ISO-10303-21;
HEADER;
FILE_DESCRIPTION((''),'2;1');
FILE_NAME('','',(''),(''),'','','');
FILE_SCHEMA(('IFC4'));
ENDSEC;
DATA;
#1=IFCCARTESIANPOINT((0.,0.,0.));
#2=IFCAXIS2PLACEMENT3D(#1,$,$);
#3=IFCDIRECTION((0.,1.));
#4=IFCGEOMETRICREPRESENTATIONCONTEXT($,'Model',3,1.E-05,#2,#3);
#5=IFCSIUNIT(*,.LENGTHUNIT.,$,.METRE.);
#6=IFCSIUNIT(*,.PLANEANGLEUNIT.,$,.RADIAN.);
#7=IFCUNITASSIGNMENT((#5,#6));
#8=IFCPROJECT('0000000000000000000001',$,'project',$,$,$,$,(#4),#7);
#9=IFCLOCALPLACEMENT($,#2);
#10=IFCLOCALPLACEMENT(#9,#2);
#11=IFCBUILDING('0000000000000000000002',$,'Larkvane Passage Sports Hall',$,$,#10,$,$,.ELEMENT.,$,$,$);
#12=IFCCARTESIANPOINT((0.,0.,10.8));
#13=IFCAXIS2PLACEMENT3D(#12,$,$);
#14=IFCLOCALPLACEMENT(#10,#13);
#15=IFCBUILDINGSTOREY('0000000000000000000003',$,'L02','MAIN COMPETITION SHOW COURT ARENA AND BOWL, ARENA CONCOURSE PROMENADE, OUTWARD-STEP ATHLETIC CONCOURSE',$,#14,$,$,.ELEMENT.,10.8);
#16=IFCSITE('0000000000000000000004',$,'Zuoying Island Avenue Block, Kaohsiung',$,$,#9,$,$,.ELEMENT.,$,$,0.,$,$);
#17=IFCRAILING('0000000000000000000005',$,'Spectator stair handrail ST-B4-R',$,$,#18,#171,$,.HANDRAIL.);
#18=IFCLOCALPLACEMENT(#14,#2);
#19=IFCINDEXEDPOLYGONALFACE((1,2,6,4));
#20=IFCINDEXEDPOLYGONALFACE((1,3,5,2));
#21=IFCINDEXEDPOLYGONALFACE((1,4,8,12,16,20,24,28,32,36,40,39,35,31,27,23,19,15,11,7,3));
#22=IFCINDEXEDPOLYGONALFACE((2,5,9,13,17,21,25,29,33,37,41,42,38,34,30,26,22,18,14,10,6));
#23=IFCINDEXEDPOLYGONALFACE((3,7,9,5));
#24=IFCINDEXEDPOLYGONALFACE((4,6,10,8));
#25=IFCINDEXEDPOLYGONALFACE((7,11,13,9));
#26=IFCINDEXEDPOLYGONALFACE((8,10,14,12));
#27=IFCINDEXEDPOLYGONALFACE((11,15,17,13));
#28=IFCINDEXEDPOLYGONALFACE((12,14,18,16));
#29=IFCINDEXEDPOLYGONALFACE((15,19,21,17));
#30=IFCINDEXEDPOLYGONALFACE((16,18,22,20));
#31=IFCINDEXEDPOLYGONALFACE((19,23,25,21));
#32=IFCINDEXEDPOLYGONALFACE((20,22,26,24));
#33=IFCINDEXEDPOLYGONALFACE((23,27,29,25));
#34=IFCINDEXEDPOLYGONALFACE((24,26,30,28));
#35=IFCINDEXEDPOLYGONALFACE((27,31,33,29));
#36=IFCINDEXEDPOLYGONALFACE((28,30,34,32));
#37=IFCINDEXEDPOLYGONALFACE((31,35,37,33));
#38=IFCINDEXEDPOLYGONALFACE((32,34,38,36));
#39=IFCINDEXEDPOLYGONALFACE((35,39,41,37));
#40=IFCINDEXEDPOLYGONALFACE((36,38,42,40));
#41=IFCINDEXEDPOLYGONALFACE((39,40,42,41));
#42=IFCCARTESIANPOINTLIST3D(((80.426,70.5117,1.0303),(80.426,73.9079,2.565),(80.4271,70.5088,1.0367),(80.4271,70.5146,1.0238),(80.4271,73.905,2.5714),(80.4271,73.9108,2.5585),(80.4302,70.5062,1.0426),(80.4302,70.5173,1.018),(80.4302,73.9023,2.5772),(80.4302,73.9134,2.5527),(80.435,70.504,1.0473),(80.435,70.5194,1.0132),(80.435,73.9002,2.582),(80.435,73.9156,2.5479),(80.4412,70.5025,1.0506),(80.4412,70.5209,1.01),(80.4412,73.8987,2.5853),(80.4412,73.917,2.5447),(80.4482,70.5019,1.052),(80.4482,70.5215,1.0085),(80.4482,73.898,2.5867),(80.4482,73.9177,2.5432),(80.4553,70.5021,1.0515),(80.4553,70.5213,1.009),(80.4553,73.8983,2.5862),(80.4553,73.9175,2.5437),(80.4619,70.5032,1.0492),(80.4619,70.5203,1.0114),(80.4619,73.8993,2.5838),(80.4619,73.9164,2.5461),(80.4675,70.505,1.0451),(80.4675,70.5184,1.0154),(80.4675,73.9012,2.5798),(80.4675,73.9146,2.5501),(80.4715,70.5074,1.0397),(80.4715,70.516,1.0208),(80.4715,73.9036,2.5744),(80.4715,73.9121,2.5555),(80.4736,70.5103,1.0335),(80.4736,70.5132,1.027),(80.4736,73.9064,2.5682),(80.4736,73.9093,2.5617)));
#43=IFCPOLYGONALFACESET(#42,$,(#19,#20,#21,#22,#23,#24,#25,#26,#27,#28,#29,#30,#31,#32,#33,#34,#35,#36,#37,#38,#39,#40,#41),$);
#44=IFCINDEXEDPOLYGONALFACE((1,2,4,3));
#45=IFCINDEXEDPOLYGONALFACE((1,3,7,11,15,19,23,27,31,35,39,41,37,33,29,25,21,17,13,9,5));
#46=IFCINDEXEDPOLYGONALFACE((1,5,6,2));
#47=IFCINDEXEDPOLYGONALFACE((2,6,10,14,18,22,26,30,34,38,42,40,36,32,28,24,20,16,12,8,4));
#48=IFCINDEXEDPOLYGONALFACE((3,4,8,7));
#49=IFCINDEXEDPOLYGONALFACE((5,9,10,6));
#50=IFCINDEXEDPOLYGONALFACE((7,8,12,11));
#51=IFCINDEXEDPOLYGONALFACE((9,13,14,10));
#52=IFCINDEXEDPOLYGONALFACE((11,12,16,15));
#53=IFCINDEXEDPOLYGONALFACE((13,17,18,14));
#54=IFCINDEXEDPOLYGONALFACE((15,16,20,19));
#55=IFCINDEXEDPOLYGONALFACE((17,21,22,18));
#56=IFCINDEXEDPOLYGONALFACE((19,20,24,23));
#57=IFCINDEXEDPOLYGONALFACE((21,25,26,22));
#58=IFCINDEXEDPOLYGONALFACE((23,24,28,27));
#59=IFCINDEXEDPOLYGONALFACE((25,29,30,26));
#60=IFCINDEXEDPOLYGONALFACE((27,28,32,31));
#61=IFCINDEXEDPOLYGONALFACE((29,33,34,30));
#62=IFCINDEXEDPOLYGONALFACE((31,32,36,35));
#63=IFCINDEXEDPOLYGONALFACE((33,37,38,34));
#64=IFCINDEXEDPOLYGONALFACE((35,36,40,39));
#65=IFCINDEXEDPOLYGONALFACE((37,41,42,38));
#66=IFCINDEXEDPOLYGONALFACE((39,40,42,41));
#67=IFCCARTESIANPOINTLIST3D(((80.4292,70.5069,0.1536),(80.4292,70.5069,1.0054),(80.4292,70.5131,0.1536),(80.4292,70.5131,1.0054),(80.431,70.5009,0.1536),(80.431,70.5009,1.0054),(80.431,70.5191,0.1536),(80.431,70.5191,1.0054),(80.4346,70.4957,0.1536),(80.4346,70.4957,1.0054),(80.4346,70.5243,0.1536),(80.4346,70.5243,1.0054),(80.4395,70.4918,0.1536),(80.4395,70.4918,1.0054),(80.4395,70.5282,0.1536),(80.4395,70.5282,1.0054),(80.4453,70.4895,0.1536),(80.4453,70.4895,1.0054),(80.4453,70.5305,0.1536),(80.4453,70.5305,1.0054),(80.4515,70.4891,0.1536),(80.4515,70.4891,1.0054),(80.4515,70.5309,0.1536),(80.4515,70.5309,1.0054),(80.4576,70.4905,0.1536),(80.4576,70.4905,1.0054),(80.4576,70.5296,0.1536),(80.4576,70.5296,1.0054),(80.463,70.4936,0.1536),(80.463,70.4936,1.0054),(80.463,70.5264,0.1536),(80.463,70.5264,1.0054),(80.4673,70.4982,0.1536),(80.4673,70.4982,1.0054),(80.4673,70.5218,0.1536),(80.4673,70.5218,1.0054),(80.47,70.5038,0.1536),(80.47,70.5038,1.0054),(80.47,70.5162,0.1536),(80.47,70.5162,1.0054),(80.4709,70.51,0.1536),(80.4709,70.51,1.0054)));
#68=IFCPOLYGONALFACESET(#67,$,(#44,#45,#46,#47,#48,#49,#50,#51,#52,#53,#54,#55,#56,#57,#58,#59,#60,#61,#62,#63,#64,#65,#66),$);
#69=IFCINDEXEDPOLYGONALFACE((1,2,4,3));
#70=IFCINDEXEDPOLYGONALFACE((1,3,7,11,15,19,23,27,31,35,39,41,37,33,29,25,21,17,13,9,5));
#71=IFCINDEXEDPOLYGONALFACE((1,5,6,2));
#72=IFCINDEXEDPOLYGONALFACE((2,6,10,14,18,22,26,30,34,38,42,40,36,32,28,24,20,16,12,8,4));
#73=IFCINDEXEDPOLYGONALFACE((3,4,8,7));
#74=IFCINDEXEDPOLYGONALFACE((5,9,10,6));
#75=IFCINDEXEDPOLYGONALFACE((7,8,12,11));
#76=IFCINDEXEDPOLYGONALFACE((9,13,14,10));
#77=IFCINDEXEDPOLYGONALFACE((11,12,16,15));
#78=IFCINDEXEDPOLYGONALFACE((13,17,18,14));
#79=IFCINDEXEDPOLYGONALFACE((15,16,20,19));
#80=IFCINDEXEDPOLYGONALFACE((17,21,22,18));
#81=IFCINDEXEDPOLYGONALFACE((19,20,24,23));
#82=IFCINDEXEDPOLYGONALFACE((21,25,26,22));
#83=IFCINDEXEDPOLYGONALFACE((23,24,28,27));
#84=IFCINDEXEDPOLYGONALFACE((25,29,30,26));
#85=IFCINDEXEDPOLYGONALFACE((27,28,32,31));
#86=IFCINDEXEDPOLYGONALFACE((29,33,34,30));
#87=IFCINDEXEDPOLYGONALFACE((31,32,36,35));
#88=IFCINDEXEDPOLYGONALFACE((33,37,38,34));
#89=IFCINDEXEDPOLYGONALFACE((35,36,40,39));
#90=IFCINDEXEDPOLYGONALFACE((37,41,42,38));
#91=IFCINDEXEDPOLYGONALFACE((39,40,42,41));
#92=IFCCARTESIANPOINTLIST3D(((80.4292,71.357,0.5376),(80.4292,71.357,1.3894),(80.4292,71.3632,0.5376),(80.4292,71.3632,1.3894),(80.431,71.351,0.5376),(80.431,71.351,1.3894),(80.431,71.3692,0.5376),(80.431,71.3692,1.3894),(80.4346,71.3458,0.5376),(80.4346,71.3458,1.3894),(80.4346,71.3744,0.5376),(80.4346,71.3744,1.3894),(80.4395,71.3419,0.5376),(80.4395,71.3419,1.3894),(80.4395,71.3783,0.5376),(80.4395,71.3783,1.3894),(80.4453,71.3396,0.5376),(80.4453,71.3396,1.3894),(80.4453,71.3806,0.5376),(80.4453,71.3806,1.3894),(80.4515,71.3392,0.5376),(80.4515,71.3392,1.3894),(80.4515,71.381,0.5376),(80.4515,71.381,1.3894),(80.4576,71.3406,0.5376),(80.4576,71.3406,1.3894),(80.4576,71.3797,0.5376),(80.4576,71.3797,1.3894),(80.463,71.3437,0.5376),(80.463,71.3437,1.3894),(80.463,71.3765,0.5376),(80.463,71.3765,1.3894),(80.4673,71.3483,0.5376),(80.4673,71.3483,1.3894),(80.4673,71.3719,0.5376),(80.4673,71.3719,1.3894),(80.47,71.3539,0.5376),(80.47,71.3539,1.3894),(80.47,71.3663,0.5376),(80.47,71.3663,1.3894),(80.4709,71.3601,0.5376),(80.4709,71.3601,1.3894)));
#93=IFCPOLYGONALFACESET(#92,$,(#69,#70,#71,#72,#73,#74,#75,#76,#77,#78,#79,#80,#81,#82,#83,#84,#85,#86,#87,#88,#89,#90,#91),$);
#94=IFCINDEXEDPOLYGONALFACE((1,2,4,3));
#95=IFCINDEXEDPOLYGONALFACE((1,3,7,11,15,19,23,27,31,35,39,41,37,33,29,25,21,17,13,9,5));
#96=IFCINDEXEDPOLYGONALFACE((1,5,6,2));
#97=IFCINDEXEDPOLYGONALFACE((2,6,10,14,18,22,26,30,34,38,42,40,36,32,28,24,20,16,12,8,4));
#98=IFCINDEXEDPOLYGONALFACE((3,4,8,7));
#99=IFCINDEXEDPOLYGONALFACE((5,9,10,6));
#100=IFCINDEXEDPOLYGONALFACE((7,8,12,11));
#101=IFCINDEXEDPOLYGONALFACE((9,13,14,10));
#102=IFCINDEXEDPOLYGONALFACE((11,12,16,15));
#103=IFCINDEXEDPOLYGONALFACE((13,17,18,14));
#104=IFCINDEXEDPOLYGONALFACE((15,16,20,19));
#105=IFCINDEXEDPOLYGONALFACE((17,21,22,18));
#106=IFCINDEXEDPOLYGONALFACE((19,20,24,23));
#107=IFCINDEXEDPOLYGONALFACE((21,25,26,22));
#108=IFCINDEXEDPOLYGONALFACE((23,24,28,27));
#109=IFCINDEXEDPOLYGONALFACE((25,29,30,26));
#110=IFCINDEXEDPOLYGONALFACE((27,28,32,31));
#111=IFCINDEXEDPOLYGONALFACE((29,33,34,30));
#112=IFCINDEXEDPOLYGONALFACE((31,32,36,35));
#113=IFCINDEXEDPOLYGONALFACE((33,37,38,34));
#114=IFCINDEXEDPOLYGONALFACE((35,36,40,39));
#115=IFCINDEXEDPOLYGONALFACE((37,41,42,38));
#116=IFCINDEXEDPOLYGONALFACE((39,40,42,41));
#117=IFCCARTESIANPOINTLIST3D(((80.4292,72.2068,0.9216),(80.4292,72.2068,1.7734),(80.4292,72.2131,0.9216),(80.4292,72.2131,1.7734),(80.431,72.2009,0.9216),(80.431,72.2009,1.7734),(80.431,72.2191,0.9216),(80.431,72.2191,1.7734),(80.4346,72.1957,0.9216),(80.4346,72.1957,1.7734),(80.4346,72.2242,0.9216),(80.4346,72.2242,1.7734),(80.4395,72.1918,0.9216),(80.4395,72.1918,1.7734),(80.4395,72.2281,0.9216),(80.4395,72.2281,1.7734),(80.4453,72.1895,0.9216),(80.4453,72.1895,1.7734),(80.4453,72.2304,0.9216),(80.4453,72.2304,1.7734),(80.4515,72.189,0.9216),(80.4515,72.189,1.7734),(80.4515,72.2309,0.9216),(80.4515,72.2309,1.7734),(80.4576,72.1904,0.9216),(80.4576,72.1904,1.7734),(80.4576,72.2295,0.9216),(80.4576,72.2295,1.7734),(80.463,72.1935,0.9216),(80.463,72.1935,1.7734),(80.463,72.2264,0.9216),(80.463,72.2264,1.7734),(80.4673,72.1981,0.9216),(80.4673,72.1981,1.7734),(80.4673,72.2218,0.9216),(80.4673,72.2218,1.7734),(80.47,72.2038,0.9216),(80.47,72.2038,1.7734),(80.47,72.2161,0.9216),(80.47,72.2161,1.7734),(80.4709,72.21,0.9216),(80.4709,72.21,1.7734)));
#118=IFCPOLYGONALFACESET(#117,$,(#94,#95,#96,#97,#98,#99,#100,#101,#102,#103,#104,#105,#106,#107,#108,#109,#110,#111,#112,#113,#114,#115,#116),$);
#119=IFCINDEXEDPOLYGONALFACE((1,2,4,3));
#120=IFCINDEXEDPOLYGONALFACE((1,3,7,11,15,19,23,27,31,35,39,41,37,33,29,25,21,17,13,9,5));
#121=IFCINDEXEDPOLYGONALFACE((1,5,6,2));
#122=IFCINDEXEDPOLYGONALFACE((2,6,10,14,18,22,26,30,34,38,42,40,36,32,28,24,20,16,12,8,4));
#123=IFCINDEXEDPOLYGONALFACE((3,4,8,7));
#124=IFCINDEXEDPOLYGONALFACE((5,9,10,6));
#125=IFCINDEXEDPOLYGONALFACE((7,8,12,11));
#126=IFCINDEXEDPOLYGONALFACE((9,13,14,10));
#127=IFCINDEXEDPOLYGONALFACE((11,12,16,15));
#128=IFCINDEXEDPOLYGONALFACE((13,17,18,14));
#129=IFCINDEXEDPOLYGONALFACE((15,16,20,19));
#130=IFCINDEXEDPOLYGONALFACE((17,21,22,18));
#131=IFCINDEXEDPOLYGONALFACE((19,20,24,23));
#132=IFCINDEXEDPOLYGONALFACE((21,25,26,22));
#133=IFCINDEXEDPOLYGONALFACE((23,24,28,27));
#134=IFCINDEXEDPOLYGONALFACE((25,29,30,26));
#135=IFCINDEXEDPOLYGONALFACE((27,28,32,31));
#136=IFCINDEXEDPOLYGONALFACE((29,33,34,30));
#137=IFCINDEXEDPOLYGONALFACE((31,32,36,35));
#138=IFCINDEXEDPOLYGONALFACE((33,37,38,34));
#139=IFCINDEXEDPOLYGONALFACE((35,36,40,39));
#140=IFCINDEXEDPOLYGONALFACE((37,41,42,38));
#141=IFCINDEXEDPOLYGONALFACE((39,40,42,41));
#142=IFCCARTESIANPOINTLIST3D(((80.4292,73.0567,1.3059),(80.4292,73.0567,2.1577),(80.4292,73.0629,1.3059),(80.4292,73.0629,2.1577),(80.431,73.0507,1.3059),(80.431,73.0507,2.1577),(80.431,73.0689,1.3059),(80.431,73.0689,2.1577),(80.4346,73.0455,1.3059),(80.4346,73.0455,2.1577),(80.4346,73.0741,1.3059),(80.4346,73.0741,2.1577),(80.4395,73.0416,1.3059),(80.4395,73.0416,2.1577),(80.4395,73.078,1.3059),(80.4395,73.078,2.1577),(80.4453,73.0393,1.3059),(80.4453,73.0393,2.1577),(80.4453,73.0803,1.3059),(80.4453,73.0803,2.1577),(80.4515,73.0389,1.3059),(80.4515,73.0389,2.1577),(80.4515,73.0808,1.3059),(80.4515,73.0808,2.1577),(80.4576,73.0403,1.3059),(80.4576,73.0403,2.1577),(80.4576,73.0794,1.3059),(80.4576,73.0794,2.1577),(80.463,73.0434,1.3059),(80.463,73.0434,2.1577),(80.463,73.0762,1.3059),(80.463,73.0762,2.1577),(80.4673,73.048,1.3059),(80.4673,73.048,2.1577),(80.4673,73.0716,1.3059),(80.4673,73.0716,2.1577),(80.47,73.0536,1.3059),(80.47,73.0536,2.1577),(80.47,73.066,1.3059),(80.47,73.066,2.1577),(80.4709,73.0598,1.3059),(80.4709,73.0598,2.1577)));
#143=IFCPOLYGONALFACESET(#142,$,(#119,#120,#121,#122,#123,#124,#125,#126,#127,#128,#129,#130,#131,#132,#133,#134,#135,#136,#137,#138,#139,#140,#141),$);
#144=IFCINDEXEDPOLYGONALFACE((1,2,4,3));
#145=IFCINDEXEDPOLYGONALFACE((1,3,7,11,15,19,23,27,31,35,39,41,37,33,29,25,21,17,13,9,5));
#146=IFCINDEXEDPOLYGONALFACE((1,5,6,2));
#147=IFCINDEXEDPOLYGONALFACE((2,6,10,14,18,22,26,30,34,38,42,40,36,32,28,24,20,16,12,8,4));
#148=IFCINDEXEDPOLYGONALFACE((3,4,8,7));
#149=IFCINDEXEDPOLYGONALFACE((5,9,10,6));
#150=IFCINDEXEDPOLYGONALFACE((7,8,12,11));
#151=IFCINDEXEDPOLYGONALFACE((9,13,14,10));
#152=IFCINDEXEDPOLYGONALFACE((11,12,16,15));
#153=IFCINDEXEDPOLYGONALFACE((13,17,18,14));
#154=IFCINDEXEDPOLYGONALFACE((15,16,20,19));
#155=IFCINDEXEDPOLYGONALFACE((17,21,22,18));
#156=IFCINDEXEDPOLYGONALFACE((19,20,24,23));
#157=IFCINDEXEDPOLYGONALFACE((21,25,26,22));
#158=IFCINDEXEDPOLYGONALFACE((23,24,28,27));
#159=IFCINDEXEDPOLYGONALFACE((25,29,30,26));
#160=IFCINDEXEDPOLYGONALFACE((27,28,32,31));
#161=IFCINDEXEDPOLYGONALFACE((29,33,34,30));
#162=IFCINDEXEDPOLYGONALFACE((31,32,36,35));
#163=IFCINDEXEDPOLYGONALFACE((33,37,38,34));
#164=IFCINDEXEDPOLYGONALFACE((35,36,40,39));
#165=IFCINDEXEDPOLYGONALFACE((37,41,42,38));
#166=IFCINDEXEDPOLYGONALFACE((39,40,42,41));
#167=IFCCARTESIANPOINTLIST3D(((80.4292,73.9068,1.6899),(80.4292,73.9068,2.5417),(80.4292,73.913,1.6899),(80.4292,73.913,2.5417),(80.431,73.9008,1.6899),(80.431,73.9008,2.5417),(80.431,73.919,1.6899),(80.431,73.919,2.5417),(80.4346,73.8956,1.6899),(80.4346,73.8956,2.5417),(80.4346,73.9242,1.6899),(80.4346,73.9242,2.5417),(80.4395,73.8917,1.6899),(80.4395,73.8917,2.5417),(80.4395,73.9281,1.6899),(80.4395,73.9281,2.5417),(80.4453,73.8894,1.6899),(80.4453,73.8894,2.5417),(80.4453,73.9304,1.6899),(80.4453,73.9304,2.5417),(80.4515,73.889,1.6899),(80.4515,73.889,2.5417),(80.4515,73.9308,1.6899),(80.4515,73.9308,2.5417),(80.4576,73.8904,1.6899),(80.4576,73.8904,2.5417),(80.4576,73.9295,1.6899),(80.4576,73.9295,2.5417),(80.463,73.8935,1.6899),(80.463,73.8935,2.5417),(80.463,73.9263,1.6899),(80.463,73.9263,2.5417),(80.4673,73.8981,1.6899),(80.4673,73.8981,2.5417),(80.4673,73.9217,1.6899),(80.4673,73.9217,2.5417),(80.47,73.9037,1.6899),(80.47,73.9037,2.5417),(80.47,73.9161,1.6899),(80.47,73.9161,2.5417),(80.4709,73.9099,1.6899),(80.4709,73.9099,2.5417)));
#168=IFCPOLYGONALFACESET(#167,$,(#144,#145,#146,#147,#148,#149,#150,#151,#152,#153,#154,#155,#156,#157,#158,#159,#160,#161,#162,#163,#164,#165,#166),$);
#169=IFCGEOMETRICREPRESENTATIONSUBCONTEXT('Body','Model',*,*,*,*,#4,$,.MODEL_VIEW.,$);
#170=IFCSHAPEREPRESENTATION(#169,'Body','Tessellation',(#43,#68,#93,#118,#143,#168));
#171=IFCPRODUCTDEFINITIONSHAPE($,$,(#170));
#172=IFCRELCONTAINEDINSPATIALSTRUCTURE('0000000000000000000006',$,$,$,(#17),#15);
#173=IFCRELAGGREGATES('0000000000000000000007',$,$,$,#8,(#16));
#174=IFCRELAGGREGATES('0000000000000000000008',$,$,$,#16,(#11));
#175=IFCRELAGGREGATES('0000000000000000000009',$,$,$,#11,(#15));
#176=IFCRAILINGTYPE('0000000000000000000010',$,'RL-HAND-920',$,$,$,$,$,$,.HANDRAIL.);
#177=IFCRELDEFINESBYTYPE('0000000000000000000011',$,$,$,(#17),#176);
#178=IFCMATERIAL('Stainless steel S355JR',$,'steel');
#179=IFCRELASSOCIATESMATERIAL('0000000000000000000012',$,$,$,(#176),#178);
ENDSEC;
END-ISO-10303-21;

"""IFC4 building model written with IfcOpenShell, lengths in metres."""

from ifc_helpers import new_model, si_unit, direction, frame, origin, origin_2d, place, context, subcontext, project, spatial, circle, extrude, material, type_object, element, save


model = new_model("IFC4")

# Units and contexts
model_context = context("Model", 3, precision=1e-05, world=origin(), true_north=direction((0.0, 1.0)))
body_context = subcontext(model_context, "Body", "Model", "MODEL_VIEW")
ifc_project = project(units=[si_unit("LENGTHUNIT", "METRE"), si_unit("PLANEANGLEUNIT", "RADIAN")], contexts=[model_context])

# Site, building, storey
site_placement = place(None, origin())
site = spatial("IfcSite", under=ifc_project, at=site_placement, Name="Zuoying Island Avenue Block, Kaohsiung", CompositionType="ELEMENT", RefElevation=0.0)
building_placement = place(site_placement, origin())
building = spatial("IfcBuilding", under=site, at=building_placement, Name="Larkvane Passage Sports Hall", CompositionType="ELEMENT")
storey_placement = place(building_placement, frame((0.0, 0.0, 10.8)))
storey = spatial("IfcBuildingStorey", under=building, at=storey_placement, Name="L02", Description="MAIN COMPETITION SHOW COURT ARENA AND BOWL, ARENA CONCOURSE PROMENADE, OUTWARD-STEP ATHLETIC CONCOURSE", CompositionType="ELEMENT", Elevation=10.8)

# Railing
ifc_material_1 = material(Name="Stainless steel S355JR", Category="steel")
railing_type = type_object("IfcRailingType", Name="RL-HAND-920", PredefinedType="HANDRAIL", material=ifc_material_1)
for number, where, name in (
    (1, (80.45, 70.51, 0.1536), "Spectator stair handrail ST-B4-R"),
):
    element("IfcRailing", number, at=place(storey_placement, frame(where)), inside=storey, type_object=railing_type, Name=name, PredefinedType="HANDRAIL", context=body_context, shape_type="SweptSolid", body=[
        extrude(circle(Radius=0.0239, at=origin_2d()), frame((0.0, 0.0017, 0.8767), z_axis=(0.0, 0.911276, 0.411795), x_axis=(-1.0, 0.0, 0.0)), (0.0, 0.0, 1.0), 3.7268),
        extrude(circle(Radius=0.021, at=origin_2d()), origin(), (0.0, 0.0, 1.0), 0.8518),
        extrude(circle(Radius=0.021, at=origin_2d()), frame((0.0, 0.8501, 0.384)), (0.0, 0.0, 1.0), 0.8518),
        extrude(circle(Radius=0.021, at=origin_2d()), frame((0.0, 1.7, 0.7681)), (0.0, 0.0, 1.0), 0.8518),
        extrude(circle(Radius=0.021, at=origin_2d()), frame((0.0, 2.5498, 1.1523)), (0.0, 0.0, 1.0), 0.8518),
        extrude(circle(Radius=0.021, at=origin_2d()), frame((0.0, 3.3999, 1.5364)), (0.0, 0.0, 1.0), 0.8518),
    ])

save(model, "model.ifc")
